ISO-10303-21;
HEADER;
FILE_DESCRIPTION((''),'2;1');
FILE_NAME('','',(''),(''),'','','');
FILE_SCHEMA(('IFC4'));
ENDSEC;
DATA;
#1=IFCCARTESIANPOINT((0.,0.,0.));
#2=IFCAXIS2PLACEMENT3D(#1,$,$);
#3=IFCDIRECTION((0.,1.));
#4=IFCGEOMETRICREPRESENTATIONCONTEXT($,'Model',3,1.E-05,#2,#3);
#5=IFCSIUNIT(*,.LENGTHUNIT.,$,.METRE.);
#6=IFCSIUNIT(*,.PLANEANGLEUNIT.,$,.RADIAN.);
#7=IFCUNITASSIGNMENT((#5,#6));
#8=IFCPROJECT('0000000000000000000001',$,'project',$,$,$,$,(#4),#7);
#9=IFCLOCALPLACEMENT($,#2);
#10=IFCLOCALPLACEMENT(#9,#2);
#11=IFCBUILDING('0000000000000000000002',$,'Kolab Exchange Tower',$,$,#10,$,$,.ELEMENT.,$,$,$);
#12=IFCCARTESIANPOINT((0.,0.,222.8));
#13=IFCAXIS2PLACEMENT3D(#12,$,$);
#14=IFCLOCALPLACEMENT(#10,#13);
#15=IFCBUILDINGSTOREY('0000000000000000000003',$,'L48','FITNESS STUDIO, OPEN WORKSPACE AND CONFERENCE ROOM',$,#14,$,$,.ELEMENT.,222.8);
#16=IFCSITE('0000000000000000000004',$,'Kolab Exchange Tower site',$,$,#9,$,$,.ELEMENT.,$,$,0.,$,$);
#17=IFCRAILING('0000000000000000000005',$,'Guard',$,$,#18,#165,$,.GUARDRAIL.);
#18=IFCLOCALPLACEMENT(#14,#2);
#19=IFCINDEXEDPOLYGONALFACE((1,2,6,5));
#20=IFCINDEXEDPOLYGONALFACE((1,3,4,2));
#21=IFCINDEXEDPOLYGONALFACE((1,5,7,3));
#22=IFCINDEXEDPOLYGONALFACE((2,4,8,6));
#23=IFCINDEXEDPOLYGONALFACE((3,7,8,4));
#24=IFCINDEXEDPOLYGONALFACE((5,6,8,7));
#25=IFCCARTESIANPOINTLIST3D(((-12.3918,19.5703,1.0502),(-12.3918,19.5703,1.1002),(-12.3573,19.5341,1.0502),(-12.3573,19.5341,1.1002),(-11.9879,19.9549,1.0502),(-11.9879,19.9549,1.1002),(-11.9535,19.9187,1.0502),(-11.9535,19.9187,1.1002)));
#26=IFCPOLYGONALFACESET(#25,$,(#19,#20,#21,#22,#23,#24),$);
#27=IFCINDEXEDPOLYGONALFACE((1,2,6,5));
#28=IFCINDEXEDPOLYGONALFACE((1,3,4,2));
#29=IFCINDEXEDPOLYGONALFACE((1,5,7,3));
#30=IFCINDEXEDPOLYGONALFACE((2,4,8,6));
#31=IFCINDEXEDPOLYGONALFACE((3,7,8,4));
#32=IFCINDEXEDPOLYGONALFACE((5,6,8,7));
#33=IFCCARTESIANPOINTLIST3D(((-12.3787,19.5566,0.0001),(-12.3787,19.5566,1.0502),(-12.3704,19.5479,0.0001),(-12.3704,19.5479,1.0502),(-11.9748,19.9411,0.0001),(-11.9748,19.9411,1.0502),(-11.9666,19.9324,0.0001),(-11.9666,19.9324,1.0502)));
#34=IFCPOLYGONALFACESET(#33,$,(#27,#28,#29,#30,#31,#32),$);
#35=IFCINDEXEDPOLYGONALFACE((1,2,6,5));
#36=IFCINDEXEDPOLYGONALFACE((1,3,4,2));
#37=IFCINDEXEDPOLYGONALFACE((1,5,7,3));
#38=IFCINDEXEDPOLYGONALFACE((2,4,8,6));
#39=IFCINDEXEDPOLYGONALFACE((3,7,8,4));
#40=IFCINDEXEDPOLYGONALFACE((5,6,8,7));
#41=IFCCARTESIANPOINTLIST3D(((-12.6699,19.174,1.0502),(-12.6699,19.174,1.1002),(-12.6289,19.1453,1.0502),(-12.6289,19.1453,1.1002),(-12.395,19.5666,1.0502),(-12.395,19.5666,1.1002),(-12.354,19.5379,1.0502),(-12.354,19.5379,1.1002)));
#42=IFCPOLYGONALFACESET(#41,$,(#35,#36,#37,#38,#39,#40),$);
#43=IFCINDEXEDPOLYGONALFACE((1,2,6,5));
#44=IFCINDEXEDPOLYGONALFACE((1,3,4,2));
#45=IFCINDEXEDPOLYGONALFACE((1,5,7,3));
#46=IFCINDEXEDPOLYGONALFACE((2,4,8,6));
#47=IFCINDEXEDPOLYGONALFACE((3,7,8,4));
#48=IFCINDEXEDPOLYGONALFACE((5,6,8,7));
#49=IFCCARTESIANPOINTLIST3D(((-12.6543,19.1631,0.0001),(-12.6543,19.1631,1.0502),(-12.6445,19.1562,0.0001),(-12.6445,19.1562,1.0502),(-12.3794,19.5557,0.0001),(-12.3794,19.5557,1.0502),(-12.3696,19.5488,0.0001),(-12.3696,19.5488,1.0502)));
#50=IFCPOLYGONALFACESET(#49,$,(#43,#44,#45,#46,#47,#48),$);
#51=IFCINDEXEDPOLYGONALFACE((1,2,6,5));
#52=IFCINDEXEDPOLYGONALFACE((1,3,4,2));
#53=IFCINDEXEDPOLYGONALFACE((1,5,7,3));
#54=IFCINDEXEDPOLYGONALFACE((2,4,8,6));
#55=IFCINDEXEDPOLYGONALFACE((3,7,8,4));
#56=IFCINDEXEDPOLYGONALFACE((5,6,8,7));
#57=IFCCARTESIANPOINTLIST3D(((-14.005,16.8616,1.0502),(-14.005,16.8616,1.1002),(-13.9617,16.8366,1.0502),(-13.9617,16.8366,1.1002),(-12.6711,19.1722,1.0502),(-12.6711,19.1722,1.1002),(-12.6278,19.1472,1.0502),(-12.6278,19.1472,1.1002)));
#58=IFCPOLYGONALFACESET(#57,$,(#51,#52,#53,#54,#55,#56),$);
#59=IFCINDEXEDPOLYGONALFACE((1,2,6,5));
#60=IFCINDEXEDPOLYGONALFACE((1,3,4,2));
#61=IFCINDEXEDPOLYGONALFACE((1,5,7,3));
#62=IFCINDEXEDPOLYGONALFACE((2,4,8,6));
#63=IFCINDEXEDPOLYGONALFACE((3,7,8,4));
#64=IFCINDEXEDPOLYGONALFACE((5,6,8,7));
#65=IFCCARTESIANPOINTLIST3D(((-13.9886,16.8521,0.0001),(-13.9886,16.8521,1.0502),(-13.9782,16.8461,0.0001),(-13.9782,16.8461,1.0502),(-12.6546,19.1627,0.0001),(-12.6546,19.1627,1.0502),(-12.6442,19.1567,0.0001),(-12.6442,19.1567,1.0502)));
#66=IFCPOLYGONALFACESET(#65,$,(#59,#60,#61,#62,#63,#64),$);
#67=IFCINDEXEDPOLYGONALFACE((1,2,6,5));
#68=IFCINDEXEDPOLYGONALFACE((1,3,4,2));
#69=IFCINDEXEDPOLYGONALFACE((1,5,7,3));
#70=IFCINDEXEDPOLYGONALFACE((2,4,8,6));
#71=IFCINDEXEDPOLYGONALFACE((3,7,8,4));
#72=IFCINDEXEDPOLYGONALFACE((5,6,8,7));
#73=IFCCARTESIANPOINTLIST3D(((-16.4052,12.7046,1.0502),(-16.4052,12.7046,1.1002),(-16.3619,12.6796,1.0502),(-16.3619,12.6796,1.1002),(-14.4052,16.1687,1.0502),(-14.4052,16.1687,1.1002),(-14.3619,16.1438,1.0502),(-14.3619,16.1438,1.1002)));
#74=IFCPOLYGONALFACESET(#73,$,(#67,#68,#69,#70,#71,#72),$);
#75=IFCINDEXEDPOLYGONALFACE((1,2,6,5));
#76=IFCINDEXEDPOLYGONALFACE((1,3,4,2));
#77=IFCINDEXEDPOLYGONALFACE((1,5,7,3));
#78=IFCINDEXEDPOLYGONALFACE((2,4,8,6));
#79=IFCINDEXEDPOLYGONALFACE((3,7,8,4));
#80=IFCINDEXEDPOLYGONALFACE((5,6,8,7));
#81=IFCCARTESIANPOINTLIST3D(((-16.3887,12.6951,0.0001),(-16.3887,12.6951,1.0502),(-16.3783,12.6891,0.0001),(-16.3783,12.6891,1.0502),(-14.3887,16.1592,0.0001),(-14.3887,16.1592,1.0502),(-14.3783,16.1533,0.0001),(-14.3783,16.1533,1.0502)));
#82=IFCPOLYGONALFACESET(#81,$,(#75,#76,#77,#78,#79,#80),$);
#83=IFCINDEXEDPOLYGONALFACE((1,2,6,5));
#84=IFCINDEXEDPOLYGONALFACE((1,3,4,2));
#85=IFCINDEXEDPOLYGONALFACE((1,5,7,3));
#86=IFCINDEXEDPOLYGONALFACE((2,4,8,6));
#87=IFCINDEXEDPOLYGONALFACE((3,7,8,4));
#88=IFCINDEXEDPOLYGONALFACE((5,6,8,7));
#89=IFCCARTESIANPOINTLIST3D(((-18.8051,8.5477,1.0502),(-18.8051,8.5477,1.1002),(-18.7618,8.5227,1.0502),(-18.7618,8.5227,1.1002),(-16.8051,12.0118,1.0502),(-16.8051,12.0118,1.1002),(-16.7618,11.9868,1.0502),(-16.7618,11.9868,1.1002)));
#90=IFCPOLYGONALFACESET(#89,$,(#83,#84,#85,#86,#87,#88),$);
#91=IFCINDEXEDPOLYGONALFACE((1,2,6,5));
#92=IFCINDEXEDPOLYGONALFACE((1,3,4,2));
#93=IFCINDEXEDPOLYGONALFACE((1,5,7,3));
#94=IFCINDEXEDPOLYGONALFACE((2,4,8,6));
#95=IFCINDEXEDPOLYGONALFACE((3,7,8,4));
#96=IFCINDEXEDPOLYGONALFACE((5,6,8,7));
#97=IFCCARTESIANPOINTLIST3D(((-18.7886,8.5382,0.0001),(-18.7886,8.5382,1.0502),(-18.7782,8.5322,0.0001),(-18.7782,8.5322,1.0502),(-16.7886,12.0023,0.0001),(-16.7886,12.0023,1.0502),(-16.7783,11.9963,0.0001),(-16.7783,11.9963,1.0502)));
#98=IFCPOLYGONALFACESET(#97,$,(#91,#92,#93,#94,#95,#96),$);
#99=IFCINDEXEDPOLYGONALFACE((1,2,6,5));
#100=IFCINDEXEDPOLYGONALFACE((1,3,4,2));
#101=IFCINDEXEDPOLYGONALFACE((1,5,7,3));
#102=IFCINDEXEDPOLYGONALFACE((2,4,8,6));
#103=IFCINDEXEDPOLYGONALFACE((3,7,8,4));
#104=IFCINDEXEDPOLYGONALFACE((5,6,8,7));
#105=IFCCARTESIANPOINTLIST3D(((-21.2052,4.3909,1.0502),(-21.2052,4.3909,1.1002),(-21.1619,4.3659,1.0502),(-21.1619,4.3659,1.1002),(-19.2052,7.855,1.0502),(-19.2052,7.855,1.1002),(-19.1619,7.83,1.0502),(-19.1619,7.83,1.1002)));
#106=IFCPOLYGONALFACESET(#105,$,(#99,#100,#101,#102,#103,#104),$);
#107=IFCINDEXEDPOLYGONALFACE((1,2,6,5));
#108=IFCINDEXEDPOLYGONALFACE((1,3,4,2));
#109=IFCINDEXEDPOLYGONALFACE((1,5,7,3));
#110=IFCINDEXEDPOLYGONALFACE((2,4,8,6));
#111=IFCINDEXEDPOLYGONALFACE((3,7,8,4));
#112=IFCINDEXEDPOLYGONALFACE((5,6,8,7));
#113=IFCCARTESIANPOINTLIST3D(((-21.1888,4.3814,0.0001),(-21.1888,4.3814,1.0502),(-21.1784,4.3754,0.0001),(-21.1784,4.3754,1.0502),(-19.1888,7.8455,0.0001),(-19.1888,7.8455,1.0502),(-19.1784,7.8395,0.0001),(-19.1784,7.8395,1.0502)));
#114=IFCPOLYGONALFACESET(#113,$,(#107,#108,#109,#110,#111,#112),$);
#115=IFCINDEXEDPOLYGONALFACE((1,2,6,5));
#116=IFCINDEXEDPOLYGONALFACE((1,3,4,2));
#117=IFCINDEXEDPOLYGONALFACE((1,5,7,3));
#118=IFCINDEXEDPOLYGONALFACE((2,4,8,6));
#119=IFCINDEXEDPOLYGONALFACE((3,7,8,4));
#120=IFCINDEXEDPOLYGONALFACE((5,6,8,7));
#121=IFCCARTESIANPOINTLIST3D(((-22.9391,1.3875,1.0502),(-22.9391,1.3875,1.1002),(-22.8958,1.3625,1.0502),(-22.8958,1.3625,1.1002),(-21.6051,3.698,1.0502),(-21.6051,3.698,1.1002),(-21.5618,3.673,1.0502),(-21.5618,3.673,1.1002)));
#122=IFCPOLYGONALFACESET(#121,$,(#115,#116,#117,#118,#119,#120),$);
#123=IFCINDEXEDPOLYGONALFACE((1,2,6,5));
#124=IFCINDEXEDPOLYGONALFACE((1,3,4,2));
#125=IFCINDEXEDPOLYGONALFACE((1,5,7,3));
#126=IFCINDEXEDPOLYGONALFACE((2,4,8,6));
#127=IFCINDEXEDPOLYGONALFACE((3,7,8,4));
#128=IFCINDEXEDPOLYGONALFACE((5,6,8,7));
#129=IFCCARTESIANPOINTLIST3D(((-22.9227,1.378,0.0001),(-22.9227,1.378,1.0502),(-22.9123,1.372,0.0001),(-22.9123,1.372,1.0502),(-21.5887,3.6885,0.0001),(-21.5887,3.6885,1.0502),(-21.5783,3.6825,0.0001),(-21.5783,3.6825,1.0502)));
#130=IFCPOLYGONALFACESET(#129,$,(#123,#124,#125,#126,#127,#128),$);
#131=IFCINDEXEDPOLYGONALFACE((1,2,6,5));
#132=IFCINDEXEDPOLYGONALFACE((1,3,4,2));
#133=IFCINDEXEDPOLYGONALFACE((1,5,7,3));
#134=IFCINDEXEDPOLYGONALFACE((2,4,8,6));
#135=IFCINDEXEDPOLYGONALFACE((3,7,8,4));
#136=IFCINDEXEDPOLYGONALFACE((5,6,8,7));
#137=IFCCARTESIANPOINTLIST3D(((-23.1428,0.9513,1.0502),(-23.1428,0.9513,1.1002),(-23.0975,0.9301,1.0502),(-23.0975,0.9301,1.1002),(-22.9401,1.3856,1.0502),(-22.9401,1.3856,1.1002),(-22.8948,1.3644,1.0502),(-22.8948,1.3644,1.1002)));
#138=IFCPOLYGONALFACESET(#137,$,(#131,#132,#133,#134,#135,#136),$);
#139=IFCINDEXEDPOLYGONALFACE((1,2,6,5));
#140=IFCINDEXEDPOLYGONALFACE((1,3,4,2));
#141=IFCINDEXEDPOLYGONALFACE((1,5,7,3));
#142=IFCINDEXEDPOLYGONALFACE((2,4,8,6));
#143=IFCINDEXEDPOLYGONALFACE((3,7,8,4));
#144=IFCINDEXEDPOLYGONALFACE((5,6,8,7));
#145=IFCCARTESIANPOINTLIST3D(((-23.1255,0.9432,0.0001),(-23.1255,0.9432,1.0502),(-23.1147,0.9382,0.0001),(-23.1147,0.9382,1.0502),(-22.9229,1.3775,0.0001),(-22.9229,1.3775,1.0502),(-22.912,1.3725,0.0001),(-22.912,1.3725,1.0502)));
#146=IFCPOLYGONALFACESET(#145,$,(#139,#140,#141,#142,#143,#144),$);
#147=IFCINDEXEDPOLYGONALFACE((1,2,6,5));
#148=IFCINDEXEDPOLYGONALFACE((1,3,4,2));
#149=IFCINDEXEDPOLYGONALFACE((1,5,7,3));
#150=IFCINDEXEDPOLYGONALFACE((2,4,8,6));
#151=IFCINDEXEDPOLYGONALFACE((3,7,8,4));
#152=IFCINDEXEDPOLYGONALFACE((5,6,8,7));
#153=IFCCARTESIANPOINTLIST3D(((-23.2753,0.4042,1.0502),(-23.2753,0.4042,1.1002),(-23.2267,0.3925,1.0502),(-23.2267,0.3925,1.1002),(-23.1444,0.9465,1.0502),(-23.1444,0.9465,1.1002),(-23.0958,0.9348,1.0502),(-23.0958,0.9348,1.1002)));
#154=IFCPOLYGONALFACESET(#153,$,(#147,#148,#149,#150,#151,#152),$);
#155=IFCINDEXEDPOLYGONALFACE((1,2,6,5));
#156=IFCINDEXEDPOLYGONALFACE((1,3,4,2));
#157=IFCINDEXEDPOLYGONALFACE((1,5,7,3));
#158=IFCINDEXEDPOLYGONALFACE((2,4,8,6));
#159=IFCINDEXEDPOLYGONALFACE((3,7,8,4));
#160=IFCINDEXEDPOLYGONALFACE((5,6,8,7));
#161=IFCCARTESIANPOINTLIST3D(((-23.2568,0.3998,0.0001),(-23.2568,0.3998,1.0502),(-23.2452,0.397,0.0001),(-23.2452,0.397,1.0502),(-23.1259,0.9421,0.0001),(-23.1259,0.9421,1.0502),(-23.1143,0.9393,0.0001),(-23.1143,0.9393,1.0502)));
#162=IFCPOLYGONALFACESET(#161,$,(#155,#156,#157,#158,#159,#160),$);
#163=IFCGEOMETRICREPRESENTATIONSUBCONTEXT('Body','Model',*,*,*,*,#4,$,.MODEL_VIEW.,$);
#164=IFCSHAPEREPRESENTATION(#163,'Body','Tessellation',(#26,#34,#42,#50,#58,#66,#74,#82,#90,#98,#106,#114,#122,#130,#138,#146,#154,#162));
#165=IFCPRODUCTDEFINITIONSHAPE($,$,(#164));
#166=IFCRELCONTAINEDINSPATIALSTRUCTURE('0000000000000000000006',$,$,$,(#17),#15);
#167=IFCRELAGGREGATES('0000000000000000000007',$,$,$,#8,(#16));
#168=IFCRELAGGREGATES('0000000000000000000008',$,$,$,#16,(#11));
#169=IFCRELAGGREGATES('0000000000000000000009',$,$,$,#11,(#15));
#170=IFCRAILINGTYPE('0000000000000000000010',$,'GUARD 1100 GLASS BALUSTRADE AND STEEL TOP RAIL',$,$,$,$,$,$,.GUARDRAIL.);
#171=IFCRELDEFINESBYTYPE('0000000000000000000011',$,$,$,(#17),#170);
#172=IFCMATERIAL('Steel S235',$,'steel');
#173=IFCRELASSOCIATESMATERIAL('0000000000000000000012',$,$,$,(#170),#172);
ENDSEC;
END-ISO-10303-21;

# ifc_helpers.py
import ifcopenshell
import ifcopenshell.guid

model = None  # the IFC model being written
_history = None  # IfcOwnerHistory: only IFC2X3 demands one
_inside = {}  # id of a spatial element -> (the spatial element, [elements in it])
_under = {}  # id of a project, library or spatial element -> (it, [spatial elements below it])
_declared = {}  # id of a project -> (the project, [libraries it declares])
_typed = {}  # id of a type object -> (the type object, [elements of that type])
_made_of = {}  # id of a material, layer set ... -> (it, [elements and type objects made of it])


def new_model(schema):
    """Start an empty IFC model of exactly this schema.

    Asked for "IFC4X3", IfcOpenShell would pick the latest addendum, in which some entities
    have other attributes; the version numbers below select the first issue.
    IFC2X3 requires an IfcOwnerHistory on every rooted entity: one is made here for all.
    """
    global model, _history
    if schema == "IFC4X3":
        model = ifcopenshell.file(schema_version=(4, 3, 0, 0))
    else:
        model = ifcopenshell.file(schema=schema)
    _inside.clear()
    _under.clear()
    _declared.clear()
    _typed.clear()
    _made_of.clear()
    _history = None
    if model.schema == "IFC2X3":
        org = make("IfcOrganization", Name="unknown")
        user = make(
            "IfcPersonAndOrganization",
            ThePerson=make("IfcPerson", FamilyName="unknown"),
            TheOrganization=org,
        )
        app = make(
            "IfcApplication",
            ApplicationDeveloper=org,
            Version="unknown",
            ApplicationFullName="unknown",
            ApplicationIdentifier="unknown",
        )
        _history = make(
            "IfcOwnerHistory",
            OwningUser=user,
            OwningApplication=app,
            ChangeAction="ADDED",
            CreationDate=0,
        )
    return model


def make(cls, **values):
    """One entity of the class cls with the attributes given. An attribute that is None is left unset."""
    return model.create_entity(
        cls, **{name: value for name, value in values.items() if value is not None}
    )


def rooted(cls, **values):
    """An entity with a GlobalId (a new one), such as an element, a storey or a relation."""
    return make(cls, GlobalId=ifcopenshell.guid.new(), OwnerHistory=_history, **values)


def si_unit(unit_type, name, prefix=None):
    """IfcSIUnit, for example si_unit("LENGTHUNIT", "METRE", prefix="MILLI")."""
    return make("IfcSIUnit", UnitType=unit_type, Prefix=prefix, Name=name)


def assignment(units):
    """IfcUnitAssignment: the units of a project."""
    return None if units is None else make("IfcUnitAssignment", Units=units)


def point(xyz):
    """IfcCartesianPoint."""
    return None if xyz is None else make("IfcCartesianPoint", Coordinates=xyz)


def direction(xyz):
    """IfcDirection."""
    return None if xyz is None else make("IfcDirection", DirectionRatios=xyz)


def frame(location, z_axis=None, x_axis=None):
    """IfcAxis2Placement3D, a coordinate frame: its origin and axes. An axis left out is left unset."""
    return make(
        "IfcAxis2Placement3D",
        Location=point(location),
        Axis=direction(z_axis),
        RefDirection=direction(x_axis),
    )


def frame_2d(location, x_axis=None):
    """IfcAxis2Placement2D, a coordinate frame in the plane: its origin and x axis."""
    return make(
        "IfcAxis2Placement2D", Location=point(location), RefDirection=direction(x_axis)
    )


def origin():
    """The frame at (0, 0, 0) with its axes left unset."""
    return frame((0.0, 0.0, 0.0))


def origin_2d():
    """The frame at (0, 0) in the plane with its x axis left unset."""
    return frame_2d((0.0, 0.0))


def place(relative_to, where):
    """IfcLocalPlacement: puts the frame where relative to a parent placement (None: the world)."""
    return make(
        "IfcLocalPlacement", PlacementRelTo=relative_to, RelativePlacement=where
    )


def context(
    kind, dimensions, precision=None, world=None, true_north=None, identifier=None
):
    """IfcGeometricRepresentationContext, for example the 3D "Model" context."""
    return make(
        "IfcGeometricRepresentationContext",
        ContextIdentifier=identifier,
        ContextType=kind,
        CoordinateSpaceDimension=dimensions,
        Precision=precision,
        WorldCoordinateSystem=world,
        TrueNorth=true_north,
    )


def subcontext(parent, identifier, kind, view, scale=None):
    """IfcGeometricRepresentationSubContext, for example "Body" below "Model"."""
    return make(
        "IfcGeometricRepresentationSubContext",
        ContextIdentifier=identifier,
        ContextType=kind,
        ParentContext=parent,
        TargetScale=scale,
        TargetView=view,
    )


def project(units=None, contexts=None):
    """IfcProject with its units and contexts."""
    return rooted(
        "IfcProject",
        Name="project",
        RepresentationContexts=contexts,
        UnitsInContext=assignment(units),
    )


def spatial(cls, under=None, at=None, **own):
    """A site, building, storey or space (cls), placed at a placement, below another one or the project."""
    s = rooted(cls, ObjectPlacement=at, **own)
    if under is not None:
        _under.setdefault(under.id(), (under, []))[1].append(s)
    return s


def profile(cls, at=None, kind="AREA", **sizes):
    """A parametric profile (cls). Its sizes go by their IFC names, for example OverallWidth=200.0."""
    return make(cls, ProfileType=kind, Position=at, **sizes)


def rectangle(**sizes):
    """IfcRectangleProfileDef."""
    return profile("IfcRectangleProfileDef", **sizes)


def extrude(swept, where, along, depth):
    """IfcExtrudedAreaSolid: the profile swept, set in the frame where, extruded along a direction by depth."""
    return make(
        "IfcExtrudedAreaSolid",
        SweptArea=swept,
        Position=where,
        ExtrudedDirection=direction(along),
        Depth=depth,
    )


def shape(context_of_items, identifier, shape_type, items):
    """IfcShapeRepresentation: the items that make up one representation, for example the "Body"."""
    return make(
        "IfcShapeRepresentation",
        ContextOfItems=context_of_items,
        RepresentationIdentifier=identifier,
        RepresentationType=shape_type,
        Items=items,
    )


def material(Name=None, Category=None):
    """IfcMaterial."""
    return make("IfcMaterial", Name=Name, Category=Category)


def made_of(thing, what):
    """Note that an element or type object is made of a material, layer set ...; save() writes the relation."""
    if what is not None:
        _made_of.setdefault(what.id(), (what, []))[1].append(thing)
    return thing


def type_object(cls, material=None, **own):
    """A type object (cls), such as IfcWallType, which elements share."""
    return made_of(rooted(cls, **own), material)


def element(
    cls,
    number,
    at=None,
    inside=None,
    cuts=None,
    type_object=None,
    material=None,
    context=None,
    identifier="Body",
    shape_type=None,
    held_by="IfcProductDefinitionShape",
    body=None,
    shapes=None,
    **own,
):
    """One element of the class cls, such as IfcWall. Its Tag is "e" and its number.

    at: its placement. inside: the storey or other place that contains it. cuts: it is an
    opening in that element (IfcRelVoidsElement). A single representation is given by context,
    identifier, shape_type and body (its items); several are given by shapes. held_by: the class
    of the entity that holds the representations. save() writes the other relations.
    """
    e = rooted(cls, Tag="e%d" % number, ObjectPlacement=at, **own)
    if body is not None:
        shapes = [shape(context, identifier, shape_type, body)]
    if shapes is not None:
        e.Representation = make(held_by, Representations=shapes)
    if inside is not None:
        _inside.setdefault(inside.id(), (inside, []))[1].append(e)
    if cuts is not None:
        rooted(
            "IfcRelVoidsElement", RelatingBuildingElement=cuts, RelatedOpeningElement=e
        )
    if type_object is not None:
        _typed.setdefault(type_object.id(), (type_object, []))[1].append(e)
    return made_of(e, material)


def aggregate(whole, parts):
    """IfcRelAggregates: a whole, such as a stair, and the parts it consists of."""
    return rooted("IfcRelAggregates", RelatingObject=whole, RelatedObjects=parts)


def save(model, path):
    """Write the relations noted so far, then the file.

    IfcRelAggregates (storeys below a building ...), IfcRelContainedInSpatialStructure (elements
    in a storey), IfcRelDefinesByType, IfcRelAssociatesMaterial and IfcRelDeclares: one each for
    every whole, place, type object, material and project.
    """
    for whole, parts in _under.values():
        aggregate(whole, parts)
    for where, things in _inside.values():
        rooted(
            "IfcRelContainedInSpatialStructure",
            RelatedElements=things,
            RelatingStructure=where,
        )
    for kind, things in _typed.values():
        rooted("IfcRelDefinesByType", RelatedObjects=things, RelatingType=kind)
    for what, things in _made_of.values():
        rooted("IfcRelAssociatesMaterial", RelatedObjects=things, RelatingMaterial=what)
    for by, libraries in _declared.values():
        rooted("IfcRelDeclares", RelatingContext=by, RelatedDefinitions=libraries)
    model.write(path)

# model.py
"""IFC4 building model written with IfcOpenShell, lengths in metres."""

from ifc_helpers import new_model, si_unit, direction, frame, frame_2d, origin, origin_2d, place, context, subcontext, project, spatial, rectangle, extrude, material, type_object, element, save


model = new_model("IFC4")

# Units and contexts
model_context = context("Model", 3, precision=1e-05, world=origin(), true_north=direction((0.0, 1.0)))
body_context = subcontext(model_context, "Body", "Model", "MODEL_VIEW")
ifc_project = project(units=[si_unit("LENGTHUNIT", "METRE"), si_unit("PLANEANGLEUNIT", "RADIAN")], contexts=[model_context])

# Site, building, storey
site_placement = place(None, origin())
site = spatial("IfcSite", under=ifc_project, at=site_placement, Name="Kolab Exchange Tower site", CompositionType="ELEMENT", RefElevation=0.0)
building_placement = place(site_placement, origin())
building = spatial("IfcBuilding", under=site, at=building_placement, Name="Kolab Exchange Tower", CompositionType="ELEMENT")
storey_placement = place(building_placement, frame((0.0, 0.0, 222.8)))
storey = spatial("IfcBuildingStorey", under=building, at=storey_placement, Name="L48", Description="FITNESS STUDIO, OPEN WORKSPACE AND CONFERENCE ROOM", CompositionType="ELEMENT", Elevation=222.8)

# Shared definitions
ifc_material_1 = material(Name="Steel S235", Category="steel")

# Railing
railing_type = type_object("IfcRailingType", Name="GUARD 1100 GLASS BALUSTRADE AND STEEL TOP RAIL", PredefinedType="GUARDRAIL", material=ifc_material_1)
railing_placement = place(storey_placement, frame((-11.9707, 19.9368, 0.0)))
element("IfcRailing", 1, at=railing_placement, inside=storey, type_object=railing_type, Name="Guard", PredefinedType="GUARDRAIL", context=body_context, shape_type="SweptSolid", body=[
    extrude(rectangle(XDim=0.05, YDim=0.05, at=origin_2d()), frame((0.0, 0.0, 1.0752), z_axis=(-0.72419, -0.689601, 0.0), x_axis=(0.689601, -0.72419, 0.0)), (0.0, 0.0, 1.0), 0.5576),
    extrude(rectangle(XDim=0.012, YDim=1.0501, at=frame_2d((0.0, 0.5251))), frame((0.0, 0.0, 0.0), z_axis=(-0.72419, -0.689601, 0.0), x_axis=(0.689601, -0.72419, 0.0)), (0.0, 0.0, 1.0), 0.5576),
    extrude(rectangle(XDim=0.05, YDim=0.05, at=origin_2d()), frame((-0.4038, -0.3845, 1.0752), z_axis=(-0.573599, -0.819136, 0.0), x_axis=(0.819136, -0.573599, 0.0)), (0.0, 0.0, 1.0), 0.4792),
    extrude(rectangle(XDim=0.012, YDim=1.0501, at=frame_2d((0.0, 0.5251))), frame((-0.4038, -0.3845, 0.0), z_axis=(-0.573599, -0.819136, 0.0), x_axis=(0.819136, -0.573599, 0.0)), (0.0, 0.0, 1.0), 0.4792),
    extrude(rectangle(XDim=0.05, YDim=0.05, at=origin_2d()), frame((-0.6787, -0.7771, 1.0752), z_axis=(-0.499997, -0.866027, 0.0), x_axis=(0.866027, -0.499997, 0.0)), (0.0, 0.0, 1.0), 2.668),
    extrude(rectangle(XDim=0.012, YDim=1.0501, at=frame_2d((0.0, 0.5251))), frame((-0.6787, -0.7771, 0.0), z_axis=(-0.499997, -0.866027, 0.0), x_axis=(0.866027, -0.499997, 0.0)), (0.0, 0.0, 1.0), 2.668),
    extrude(rectangle(XDim=0.05, YDim=0.05, at=origin_2d()), frame((-2.4128, -3.7805, 1.0752), z_axis=(-0.499999, -0.866026, 0.0), x_axis=(0.866026, -0.499999, 0.0)), (0.0, 0.0, 1.0), 4.0),
    extrude(rectangle(XDim=0.012, YDim=1.0501, at=frame_2d((0.0, 0.5251))), frame((-2.4128, -3.7805, 0.0), z_axis=(-0.499999, -0.866026, 0.0), x_axis=(0.866026, -0.499999, 0.0)), (0.0, 0.0, 1.0), 4.0),
    extrude(rectangle(XDim=0.05, YDim=0.05, at=origin_2d()), frame((-4.8127, -7.9375, 1.0752), z_axis=(-0.499999, -0.866026, 0.0), x_axis=(0.866026, -0.499999, 0.0)), (0.0, 0.0, 1.0), 4.0),
    extrude(rectangle(XDim=0.012, YDim=1.0501, at=frame_2d((0.0, 0.5251))), frame((-4.8127, -7.9375, 0.0), z_axis=(-0.499999, -0.866026, 0.0), x_axis=(0.866026, -0.499999, 0.0)), (0.0, 0.0, 1.0), 4.0),
    extrude(rectangle(XDim=0.05, YDim=0.05, at=origin_2d()), frame((-7.2129, -12.0942, 1.0752), z_axis=(-0.499999, -0.866026, 0.0), x_axis=(0.866026, -0.499999, 0.0)), (0.0, 0.0, 1.0), 4.0),
    extrude(rectangle(XDim=0.012, YDim=1.0501, at=frame_2d((0.0, 0.5251))), frame((-7.2129, -12.0942, 0.0), z_axis=(-0.499999, -0.866026, 0.0), x_axis=(0.866026, -0.499999, 0.0)), (0.0, 0.0, 1.0), 4.0),
    extrude(rectangle(XDim=0.05, YDim=0.05, at=origin_2d()), frame((-9.6128, -16.2512, 1.0752), z_axis=(-0.499997, -0.866027, 0.0), x_axis=(0.866027, -0.499997, 0.0)), (0.0, 0.0, 1.0), 2.668),
    extrude(rectangle(XDim=0.012, YDim=1.0501, at=frame_2d((0.0, 0.5251))), frame((-9.6128, -16.2512, 0.0), z_axis=(-0.499997, -0.866027, 0.0), x_axis=(0.866027, -0.499997, 0.0)), (0.0, 0.0, 1.0), 2.668),
    extrude(rectangle(XDim=0.05, YDim=0.05, at=origin_2d()), frame((-10.9468, -18.5618, 1.0752), z_axis=(-0.422802, -0.906222, 0.0), x_axis=(0.906222, -0.422802, 0.0)), (0.0, 0.0, 1.0), 0.4792),
    extrude(rectangle(XDim=0.012, YDim=1.0501, at=frame_2d((0.0, 0.5251))), frame((-10.9468, -18.5618, 0.0), z_axis=(-0.422802, -0.906222, 0.0), x_axis=(0.906222, -0.422802, 0.0)), (0.0, 0.0, 1.0), 0.4792),
    extrude(rectangle(XDim=0.05, YDim=0.05, at=origin_2d()), frame((-11.1494, -18.9961, 1.0752), z_axis=(-0.234598, -0.972093, 0.0), x_axis=(0.972093, -0.234598, 0.0)), (0.0, 0.0, 1.0), 0.5579),
    extrude(rectangle(XDim=0.012, YDim=1.0501, at=frame_2d((0.0, 0.5251))), frame((-11.1494, -18.9961, 0.0), z_axis=(-0.234598, -0.972093, 0.0), x_axis=(0.972093, -0.234598, 0.0)), (0.0, 0.0, 1.0), 0.5579),
])

save(model, "model.ifc")
